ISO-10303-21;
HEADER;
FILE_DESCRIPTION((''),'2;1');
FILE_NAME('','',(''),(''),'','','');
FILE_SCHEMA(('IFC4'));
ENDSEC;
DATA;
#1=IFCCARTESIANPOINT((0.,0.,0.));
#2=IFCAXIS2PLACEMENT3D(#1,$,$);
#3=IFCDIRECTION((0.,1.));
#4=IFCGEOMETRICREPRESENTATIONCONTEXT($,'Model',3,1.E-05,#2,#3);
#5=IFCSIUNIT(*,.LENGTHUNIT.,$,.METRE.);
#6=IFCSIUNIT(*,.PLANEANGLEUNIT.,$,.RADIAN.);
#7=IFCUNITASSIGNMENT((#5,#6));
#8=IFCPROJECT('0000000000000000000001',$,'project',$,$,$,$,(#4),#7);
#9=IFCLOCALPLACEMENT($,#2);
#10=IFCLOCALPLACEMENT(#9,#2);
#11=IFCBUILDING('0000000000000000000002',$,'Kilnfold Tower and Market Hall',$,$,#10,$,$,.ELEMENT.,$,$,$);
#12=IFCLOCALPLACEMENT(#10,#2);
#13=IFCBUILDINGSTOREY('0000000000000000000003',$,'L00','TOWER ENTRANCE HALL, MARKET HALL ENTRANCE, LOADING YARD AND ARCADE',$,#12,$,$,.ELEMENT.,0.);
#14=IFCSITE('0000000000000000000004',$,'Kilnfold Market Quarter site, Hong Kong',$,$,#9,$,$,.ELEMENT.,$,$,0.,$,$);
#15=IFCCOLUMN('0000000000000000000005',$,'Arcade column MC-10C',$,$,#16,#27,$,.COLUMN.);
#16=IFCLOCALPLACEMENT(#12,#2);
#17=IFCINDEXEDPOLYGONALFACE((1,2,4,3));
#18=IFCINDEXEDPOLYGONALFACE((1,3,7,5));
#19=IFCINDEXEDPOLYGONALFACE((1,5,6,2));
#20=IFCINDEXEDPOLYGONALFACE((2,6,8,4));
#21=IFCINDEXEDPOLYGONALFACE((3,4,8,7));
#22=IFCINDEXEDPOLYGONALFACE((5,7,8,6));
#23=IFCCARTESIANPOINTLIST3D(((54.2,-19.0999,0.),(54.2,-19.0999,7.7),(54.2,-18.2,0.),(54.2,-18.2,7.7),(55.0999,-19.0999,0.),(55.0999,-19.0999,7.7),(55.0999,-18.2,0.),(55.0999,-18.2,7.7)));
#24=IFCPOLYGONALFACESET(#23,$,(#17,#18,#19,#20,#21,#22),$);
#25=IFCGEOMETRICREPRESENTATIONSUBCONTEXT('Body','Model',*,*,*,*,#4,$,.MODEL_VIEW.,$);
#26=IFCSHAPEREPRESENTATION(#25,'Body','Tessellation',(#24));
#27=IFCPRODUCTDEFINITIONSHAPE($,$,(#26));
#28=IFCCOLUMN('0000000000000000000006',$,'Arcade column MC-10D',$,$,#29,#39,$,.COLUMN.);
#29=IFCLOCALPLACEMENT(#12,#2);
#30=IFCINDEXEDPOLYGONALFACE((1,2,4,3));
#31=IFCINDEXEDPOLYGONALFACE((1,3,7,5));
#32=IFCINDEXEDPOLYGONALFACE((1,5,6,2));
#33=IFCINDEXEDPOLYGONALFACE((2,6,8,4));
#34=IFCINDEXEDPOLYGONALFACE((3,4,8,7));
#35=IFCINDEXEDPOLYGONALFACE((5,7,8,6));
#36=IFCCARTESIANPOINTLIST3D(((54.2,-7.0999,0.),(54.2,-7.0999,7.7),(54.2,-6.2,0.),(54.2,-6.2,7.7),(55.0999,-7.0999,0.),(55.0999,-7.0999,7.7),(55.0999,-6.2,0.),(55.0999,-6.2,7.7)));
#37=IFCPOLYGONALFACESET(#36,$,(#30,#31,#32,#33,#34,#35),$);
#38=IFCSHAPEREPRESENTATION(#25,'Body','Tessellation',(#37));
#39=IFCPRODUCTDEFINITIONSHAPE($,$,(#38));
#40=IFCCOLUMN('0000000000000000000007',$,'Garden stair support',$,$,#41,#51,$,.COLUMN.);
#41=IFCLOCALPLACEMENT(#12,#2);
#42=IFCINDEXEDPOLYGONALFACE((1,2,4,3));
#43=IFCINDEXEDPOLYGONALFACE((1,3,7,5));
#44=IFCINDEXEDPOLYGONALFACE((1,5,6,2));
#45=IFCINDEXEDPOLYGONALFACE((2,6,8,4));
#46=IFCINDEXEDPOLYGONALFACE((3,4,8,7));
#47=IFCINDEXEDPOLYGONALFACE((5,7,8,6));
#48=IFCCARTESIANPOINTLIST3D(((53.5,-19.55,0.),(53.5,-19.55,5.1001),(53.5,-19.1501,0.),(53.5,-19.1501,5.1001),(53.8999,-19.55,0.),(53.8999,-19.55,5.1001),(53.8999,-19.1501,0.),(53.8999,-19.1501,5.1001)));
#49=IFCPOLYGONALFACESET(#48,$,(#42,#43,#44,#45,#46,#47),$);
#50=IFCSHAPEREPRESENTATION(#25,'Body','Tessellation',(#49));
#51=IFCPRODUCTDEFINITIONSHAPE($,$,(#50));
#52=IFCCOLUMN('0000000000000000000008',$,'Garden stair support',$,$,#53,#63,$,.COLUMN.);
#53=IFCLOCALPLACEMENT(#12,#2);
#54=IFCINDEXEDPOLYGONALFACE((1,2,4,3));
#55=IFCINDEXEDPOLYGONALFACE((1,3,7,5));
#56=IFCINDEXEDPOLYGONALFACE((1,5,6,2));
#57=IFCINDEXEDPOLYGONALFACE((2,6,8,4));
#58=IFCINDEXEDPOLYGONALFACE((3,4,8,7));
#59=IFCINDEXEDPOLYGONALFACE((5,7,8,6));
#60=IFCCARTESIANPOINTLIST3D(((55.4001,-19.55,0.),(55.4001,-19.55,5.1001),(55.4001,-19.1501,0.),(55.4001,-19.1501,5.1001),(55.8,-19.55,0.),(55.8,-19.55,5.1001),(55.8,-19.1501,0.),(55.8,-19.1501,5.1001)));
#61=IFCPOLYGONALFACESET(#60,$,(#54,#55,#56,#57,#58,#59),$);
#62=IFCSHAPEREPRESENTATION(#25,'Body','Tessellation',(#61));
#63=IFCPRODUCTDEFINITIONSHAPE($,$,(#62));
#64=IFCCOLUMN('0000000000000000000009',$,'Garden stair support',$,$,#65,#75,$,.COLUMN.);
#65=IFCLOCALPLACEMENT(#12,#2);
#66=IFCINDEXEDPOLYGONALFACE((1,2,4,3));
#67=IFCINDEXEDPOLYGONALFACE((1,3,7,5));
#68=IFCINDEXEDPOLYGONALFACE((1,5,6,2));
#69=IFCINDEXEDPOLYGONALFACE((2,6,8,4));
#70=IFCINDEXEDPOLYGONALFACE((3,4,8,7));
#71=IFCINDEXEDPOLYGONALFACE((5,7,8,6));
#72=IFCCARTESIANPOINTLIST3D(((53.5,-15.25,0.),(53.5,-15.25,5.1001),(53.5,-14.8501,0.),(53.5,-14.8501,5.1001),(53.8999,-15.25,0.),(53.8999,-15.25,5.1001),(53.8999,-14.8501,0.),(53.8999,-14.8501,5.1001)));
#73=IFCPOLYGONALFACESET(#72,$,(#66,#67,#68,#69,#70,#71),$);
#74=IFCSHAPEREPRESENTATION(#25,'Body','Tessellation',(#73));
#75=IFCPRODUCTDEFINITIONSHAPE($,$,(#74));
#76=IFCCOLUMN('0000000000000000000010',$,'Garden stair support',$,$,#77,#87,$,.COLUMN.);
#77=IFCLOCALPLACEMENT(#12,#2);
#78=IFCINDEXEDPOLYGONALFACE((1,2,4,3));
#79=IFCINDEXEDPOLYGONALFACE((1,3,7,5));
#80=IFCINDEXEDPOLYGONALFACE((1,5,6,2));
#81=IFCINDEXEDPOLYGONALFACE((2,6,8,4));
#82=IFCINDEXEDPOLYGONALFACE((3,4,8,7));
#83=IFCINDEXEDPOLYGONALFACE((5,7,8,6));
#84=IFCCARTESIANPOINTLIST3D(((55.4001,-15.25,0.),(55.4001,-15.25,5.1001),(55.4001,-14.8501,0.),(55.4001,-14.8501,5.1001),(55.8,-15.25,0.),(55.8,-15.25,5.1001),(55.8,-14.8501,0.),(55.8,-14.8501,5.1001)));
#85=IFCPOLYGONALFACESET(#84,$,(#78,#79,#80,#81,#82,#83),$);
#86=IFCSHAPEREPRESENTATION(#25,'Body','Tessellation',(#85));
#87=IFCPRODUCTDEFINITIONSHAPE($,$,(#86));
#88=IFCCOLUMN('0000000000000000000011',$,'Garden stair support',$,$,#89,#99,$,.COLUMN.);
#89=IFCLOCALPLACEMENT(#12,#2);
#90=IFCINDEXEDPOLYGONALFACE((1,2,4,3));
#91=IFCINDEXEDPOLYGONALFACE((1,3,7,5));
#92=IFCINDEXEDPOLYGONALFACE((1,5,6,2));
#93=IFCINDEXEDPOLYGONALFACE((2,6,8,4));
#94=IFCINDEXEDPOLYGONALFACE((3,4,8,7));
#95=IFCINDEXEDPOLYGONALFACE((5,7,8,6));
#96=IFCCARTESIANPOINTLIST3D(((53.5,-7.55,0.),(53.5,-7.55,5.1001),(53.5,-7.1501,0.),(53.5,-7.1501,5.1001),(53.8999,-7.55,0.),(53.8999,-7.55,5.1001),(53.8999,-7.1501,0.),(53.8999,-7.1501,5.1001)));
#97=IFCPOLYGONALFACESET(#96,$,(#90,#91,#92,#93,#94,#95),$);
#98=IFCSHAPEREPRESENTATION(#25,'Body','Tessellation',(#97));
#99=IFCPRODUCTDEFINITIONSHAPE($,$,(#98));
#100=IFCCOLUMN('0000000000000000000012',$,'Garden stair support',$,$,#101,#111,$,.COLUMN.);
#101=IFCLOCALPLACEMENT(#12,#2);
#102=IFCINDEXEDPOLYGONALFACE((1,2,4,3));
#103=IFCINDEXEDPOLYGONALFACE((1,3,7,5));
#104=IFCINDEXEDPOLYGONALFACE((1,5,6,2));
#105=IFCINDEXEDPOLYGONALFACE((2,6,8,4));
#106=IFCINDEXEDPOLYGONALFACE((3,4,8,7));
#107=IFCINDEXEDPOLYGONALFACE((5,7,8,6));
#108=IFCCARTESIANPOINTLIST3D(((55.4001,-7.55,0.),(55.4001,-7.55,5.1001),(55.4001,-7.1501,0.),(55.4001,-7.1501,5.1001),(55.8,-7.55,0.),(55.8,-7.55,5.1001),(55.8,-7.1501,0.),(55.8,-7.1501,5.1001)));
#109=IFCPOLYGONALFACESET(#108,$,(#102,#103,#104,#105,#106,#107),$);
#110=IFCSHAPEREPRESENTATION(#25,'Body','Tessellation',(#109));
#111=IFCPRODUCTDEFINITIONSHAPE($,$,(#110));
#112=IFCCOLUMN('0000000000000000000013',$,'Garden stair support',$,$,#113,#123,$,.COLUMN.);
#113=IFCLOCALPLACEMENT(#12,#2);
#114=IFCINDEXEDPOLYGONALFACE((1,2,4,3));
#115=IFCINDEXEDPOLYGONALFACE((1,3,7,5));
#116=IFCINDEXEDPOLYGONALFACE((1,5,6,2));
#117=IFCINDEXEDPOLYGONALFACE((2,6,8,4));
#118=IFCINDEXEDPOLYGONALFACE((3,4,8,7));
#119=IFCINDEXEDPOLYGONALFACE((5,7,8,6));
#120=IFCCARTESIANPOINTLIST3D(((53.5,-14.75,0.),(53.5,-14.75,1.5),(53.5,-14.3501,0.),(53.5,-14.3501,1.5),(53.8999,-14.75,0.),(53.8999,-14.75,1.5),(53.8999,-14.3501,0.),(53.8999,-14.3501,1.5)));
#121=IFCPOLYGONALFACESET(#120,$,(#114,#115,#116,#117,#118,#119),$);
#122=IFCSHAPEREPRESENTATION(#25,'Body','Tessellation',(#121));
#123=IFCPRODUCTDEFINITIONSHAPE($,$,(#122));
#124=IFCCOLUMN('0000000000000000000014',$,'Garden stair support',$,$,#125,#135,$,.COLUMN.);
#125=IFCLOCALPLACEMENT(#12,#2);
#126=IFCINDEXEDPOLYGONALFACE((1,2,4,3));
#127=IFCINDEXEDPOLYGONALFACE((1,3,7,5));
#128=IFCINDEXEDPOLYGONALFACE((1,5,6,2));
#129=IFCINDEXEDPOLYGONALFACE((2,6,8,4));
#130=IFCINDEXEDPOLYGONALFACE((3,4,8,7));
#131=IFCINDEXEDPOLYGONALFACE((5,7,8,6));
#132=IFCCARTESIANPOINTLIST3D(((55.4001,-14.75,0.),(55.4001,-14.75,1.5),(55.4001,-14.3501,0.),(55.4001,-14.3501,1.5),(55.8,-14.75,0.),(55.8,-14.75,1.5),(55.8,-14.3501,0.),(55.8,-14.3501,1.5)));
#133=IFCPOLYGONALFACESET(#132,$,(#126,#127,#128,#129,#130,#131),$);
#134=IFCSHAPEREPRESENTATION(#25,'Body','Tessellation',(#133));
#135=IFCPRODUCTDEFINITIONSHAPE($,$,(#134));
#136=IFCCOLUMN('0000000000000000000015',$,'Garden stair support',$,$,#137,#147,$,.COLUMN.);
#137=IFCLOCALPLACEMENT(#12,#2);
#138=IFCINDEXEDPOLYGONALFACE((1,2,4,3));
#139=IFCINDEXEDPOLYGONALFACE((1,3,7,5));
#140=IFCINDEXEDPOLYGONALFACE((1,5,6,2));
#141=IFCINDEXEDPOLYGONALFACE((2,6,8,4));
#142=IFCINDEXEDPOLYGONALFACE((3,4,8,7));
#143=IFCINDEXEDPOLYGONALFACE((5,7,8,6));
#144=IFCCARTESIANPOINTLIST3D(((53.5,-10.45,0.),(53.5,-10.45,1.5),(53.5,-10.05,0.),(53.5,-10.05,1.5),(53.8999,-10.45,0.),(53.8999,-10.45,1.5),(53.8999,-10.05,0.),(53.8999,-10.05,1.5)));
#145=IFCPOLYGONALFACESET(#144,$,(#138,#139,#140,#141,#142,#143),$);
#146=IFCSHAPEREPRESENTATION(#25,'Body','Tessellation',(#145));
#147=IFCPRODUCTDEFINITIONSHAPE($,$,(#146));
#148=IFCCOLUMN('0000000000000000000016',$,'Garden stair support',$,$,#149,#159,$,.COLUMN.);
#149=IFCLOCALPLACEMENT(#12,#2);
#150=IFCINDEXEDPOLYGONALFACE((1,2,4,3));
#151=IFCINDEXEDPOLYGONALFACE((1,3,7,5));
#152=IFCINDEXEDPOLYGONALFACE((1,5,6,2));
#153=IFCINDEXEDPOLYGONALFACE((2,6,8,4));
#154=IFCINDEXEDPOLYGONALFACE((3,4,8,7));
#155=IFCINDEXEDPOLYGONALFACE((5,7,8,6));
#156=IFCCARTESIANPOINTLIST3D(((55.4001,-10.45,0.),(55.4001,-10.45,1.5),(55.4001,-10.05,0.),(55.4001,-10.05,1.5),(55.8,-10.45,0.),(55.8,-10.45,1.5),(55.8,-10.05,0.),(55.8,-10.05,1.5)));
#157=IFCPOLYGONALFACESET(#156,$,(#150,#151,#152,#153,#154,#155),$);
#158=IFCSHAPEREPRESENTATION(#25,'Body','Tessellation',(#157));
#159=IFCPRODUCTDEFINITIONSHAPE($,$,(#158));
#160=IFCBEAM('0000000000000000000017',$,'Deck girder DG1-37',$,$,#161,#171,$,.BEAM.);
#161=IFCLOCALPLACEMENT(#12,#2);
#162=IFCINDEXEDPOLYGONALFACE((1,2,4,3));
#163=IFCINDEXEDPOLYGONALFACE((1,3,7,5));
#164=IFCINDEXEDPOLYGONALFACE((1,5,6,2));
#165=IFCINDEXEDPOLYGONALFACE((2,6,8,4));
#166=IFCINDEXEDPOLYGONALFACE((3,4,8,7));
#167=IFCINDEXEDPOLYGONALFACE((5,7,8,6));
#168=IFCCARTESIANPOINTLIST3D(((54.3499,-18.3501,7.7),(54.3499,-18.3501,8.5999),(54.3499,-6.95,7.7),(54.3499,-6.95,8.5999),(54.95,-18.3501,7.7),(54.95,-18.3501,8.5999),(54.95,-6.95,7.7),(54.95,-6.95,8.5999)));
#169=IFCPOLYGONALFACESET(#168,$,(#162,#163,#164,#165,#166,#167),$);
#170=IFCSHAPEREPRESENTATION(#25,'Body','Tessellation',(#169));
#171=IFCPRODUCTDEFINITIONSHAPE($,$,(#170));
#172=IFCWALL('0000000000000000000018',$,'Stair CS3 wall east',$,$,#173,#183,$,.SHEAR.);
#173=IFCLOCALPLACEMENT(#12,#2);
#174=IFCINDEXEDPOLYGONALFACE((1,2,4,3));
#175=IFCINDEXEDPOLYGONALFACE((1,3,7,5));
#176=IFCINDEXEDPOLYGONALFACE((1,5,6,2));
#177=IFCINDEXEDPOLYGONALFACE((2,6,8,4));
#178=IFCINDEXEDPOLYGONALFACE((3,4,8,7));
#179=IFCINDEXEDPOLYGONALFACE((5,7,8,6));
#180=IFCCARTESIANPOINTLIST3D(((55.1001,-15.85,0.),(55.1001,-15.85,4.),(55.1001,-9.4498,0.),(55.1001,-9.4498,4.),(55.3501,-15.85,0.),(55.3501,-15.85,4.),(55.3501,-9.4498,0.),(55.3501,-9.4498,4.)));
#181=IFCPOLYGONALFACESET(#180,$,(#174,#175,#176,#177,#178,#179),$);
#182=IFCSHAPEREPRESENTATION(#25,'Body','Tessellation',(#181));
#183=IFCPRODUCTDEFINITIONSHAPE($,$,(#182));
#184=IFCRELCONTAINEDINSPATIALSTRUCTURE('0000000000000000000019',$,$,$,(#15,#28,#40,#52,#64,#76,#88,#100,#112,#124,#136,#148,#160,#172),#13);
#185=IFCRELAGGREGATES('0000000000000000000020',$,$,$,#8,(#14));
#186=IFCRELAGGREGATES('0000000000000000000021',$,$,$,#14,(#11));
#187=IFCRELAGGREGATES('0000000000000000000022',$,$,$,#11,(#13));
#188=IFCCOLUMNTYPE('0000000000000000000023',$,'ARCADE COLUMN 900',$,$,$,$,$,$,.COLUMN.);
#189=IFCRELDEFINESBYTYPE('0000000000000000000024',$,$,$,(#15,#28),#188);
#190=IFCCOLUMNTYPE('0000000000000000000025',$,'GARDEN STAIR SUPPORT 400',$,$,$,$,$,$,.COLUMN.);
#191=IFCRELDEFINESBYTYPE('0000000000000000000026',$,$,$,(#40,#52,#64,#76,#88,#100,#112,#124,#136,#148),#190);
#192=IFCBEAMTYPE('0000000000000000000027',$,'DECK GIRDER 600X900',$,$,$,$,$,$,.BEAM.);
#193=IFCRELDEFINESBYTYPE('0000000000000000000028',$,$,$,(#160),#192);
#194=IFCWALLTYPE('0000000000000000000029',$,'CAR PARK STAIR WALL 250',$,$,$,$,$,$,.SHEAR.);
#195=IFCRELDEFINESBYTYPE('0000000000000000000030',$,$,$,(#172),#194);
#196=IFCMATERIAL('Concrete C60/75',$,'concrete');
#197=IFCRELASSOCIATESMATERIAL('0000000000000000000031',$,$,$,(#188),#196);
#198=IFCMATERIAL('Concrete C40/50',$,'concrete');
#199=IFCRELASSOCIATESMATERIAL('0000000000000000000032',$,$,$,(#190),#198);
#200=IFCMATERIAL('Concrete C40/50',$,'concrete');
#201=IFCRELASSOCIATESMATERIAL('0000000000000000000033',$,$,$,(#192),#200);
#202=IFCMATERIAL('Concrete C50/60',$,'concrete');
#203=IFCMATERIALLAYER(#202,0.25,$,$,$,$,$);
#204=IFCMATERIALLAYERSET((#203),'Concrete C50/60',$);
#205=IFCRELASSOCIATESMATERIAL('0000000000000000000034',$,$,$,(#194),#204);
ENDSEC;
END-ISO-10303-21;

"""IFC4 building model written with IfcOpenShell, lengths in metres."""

from ifc_helpers import new_model, si_unit, direction, frame, frame_2d, origin, origin_2d, place, context, subcontext, project, spatial, rectangle, extrude, source, transform, mapped, material, layer, layer_set, material_profile, profile_set, type_object, element, save


model = new_model("IFC4")

# Units and contexts
model_context = context("Model", 3, precision=1e-05, world=origin(), true_north=direction((0.0, 1.0)))
body_context = subcontext(model_context, "Body", "Model", "MODEL_VIEW")
ifc_project = project(units=[si_unit("LENGTHUNIT", "METRE"), si_unit("PLANEANGLEUNIT", "RADIAN")], contexts=[model_context])

# Site, building, storey
site_placement = place(None, origin())
site = spatial("IfcSite", under=ifc_project, at=site_placement, Name="Kilnfold Market Quarter site, Hong Kong", CompositionType="ELEMENT", RefElevation=0.0)
building_placement = place(site_placement, origin())
building = spatial("IfcBuilding", under=site, at=building_placement, Name="Kilnfold Tower and Market Hall", CompositionType="ELEMENT")
storey_placement = place(building_placement, origin())
storey = spatial("IfcBuildingStorey", under=building, at=storey_placement, Name="L00", Description="TOWER ENTRANCE HALL, MARKET HALL ENTRANCE, LOADING YARD AND ARCADE", CompositionType="ELEMENT", Elevation=0.0)

# Columns
ifc_material_1 = material(Name="Concrete C60/75", Category="concrete")
ifc_material_profile_1 = material_profile(ifc_material_1, rectangle(XDim=0.8999, YDim=0.8999, at=origin_2d()), Name="RC 900x900")
ifc_profile_set_1 = profile_set([ifc_material_profile_1], Name="Concrete C60/75")
column_type_1 = type_object("IfcColumnType", Name="ARCADE COLUMN 900", PredefinedType="COLUMN", material=ifc_profile_set_1)
shared_shape_1 = source(origin(), body_context, "Body", "SweptSolid", [
    extrude(rectangle(XDim=0.8999, YDim=0.8999, at=origin_2d()), origin(), (0.0, 0.0, 1.0), 7.7),
])
for number, where, z_axis, x_axis, name in (
    (1, (54.6499, -18.6499, 0.0), (0.0, 0.0, 1.0), (1.0, 0.0, 0.0), "Arcade column MC-10C"),
    (2, (54.6499, -6.6499, 0.0), (0.0, 0.0, 1.0), (1.0, 0.0, 0.0), "Arcade column MC-10D"),
):
    element("IfcColumn", number, at=place(storey_placement, frame(where, z_axis=z_axis, x_axis=x_axis)), inside=storey, type_object=column_type_1, Name=name, PredefinedType="COLUMN", context=body_context, shape_type="MappedRepresentation", body=[
        mapped(shared_shape_1, transform((0.0, 0.0, 0.0))),
    ])
ifc_material_2 = material(Name="Concrete C40/50", Category="concrete")
ifc_material_profile_2 = material_profile(ifc_material_2, rectangle(XDim=0.3999, YDim=0.3999, at=origin_2d()), Name="RC 400x400")
ifc_profile_set_2 = profile_set([ifc_material_profile_2], Name="Concrete C40/50")
column_type_2 = type_object("IfcColumnType", Name="GARDEN STAIR SUPPORT 400", PredefinedType="COLUMN", material=ifc_profile_set_2)
shared_shape_2 = source(origin(), body_context, "Body", "SweptSolid", [
    extrude(rectangle(XDim=0.3999, YDim=0.3999, at=origin_2d()), origin(), (0.0, 0.0, 1.0), 5.1001),
])
for number, where, z_axis, x_axis, name in (
    (3, (53.7, -19.3501, 0.0), (0.0, 0.0, 1.0), (1.0, 0.0, 0.0), "Garden stair support"),
    (4, (55.6001, -19.3501, 0.0), (0.0, 0.0, 1.0), (1.0, 0.0, 0.0), "Garden stair support"),
    (5, (53.7, -15.05, 0.0), (0.0, 0.0, 1.0), (1.0, 0.0, 0.0), "Garden stair support"),
    (6, (55.6001, -15.05, 0.0), (0.0, 0.0, 1.0), (1.0, 0.0, 0.0), "Garden stair support"),
    (7, (53.7, -7.3501, 0.0), (0.0, 0.0, 1.0), (1.0, 0.0, 0.0), "Garden stair support"),
    (8, (55.6001, -7.3501, 0.0), (0.0, 0.0, 1.0), (1.0, 0.0, 0.0), "Garden stair support"),
):
    element("IfcColumn", number, at=place(storey_placement, frame(where, z_axis=z_axis, x_axis=x_axis)), inside=storey, type_object=column_type_2, Name=name, PredefinedType="COLUMN", context=body_context, shape_type="MappedRepresentation", body=[
        mapped(shared_shape_2, transform((0.0, 0.0, 0.0))),
    ])
shared_shape_3 = source(origin(), body_context, "Body", "SweptSolid", [
    extrude(rectangle(XDim=0.3999, YDim=0.3999, at=origin_2d()), origin(), (0.0, 0.0, 1.0), 1.5),
])
for number, where, z_axis, x_axis, name in (
    (9, (53.7, -14.55, 0.0), (0.0, 0.0, 1.0), (1.0, 0.0, 0.0), "Garden stair support"),
    (10, (55.6001, -14.55, 0.0), (0.0, 0.0, 1.0), (1.0, 0.0, 0.0), "Garden stair support"),
    (11, (53.7, -10.25, 0.0), (0.0, 0.0, 1.0), (1.0, 0.0, 0.0), "Garden stair support"),
    (12, (55.6001, -10.25, 0.0), (0.0, 0.0, 1.0), (1.0, 0.0, 0.0), "Garden stair support"),
):
    element("IfcColumn", number, at=place(storey_placement, frame(where, z_axis=z_axis, x_axis=x_axis)), inside=storey, type_object=column_type_2, Name=name, PredefinedType="COLUMN", context=body_context, shape_type="MappedRepresentation", body=[
        mapped(shared_shape_3, transform((0.0, 0.0, 0.0))),
    ])

# Beam
ifc_material_3 = material(Name="Concrete C40/50", Category="concrete")
ifc_material_profile_3 = material_profile(ifc_material_3, rectangle(XDim=0.6001, YDim=0.8999, at=origin_2d()), Name="RC 600x900")
ifc_profile_set_3 = profile_set([ifc_material_profile_3], Name="Concrete C40/50")
beam_type = type_object("IfcBeamType", Name="DECK GIRDER 600X900", PredefinedType="BEAM", material=ifc_profile_set_3)
shared_shape_4 = source(origin(), body_context, "Body", "SweptSolid", [
    extrude(rectangle(XDim=0.6001, YDim=0.8999, at=origin_2d()), origin(), (0.0, 0.0, 1.0), 11.4001),
])
beam_placement = place(storey_placement, frame((54.6499, -18.3501, 8.1499), z_axis=(0.0, 1.0, 0.0), x_axis=(-1.0, 0.0, 0.0)))
element("IfcBeam", 13, at=beam_placement, inside=storey, type_object=beam_type, Name="Deck girder DG1-37", PredefinedType="BEAM", context=body_context, shape_type="MappedRepresentation", body=[
    mapped(shared_shape_4, transform((0.0, 0.0, 0.0))),
])

# Wall
ifc_material_4 = material(Name="Concrete C50/60", Category="concrete")
ifc_layer = layer(ifc_material_4, 0.25)
ifc_layer_set = layer_set([ifc_layer], Name="Concrete C50/60")
wall_type = type_object("IfcWallType", Name="CAR PARK STAIR WALL 250", PredefinedType="SHEAR", material=ifc_layer_set)
shared_shape_5 = source(origin(), body_context, "Body", "SweptSolid", [
    extrude(rectangle(XDim=6.4001, YDim=0.25, at=frame_2d((3.2002, 0.0))), origin(), (0.0, 0.0, 1.0), 4.0),
])
wall_placement = place(storey_placement, frame((55.2251, -15.8501, 0.0), z_axis=(0.0, 0.0, 1.0), x_axis=(0.0, 1.0, 0.0)))
element("IfcWall", 14, at=wall_placement, inside=storey, type_object=wall_type, Name="Stair CS3 wall east", PredefinedType="SHEAR", context=body_context, shape_type="MappedRepresentation", body=[
    mapped(shared_shape_5, transform((0.0, 0.0, 0.0))),
])

save(model, "model.ifc")
